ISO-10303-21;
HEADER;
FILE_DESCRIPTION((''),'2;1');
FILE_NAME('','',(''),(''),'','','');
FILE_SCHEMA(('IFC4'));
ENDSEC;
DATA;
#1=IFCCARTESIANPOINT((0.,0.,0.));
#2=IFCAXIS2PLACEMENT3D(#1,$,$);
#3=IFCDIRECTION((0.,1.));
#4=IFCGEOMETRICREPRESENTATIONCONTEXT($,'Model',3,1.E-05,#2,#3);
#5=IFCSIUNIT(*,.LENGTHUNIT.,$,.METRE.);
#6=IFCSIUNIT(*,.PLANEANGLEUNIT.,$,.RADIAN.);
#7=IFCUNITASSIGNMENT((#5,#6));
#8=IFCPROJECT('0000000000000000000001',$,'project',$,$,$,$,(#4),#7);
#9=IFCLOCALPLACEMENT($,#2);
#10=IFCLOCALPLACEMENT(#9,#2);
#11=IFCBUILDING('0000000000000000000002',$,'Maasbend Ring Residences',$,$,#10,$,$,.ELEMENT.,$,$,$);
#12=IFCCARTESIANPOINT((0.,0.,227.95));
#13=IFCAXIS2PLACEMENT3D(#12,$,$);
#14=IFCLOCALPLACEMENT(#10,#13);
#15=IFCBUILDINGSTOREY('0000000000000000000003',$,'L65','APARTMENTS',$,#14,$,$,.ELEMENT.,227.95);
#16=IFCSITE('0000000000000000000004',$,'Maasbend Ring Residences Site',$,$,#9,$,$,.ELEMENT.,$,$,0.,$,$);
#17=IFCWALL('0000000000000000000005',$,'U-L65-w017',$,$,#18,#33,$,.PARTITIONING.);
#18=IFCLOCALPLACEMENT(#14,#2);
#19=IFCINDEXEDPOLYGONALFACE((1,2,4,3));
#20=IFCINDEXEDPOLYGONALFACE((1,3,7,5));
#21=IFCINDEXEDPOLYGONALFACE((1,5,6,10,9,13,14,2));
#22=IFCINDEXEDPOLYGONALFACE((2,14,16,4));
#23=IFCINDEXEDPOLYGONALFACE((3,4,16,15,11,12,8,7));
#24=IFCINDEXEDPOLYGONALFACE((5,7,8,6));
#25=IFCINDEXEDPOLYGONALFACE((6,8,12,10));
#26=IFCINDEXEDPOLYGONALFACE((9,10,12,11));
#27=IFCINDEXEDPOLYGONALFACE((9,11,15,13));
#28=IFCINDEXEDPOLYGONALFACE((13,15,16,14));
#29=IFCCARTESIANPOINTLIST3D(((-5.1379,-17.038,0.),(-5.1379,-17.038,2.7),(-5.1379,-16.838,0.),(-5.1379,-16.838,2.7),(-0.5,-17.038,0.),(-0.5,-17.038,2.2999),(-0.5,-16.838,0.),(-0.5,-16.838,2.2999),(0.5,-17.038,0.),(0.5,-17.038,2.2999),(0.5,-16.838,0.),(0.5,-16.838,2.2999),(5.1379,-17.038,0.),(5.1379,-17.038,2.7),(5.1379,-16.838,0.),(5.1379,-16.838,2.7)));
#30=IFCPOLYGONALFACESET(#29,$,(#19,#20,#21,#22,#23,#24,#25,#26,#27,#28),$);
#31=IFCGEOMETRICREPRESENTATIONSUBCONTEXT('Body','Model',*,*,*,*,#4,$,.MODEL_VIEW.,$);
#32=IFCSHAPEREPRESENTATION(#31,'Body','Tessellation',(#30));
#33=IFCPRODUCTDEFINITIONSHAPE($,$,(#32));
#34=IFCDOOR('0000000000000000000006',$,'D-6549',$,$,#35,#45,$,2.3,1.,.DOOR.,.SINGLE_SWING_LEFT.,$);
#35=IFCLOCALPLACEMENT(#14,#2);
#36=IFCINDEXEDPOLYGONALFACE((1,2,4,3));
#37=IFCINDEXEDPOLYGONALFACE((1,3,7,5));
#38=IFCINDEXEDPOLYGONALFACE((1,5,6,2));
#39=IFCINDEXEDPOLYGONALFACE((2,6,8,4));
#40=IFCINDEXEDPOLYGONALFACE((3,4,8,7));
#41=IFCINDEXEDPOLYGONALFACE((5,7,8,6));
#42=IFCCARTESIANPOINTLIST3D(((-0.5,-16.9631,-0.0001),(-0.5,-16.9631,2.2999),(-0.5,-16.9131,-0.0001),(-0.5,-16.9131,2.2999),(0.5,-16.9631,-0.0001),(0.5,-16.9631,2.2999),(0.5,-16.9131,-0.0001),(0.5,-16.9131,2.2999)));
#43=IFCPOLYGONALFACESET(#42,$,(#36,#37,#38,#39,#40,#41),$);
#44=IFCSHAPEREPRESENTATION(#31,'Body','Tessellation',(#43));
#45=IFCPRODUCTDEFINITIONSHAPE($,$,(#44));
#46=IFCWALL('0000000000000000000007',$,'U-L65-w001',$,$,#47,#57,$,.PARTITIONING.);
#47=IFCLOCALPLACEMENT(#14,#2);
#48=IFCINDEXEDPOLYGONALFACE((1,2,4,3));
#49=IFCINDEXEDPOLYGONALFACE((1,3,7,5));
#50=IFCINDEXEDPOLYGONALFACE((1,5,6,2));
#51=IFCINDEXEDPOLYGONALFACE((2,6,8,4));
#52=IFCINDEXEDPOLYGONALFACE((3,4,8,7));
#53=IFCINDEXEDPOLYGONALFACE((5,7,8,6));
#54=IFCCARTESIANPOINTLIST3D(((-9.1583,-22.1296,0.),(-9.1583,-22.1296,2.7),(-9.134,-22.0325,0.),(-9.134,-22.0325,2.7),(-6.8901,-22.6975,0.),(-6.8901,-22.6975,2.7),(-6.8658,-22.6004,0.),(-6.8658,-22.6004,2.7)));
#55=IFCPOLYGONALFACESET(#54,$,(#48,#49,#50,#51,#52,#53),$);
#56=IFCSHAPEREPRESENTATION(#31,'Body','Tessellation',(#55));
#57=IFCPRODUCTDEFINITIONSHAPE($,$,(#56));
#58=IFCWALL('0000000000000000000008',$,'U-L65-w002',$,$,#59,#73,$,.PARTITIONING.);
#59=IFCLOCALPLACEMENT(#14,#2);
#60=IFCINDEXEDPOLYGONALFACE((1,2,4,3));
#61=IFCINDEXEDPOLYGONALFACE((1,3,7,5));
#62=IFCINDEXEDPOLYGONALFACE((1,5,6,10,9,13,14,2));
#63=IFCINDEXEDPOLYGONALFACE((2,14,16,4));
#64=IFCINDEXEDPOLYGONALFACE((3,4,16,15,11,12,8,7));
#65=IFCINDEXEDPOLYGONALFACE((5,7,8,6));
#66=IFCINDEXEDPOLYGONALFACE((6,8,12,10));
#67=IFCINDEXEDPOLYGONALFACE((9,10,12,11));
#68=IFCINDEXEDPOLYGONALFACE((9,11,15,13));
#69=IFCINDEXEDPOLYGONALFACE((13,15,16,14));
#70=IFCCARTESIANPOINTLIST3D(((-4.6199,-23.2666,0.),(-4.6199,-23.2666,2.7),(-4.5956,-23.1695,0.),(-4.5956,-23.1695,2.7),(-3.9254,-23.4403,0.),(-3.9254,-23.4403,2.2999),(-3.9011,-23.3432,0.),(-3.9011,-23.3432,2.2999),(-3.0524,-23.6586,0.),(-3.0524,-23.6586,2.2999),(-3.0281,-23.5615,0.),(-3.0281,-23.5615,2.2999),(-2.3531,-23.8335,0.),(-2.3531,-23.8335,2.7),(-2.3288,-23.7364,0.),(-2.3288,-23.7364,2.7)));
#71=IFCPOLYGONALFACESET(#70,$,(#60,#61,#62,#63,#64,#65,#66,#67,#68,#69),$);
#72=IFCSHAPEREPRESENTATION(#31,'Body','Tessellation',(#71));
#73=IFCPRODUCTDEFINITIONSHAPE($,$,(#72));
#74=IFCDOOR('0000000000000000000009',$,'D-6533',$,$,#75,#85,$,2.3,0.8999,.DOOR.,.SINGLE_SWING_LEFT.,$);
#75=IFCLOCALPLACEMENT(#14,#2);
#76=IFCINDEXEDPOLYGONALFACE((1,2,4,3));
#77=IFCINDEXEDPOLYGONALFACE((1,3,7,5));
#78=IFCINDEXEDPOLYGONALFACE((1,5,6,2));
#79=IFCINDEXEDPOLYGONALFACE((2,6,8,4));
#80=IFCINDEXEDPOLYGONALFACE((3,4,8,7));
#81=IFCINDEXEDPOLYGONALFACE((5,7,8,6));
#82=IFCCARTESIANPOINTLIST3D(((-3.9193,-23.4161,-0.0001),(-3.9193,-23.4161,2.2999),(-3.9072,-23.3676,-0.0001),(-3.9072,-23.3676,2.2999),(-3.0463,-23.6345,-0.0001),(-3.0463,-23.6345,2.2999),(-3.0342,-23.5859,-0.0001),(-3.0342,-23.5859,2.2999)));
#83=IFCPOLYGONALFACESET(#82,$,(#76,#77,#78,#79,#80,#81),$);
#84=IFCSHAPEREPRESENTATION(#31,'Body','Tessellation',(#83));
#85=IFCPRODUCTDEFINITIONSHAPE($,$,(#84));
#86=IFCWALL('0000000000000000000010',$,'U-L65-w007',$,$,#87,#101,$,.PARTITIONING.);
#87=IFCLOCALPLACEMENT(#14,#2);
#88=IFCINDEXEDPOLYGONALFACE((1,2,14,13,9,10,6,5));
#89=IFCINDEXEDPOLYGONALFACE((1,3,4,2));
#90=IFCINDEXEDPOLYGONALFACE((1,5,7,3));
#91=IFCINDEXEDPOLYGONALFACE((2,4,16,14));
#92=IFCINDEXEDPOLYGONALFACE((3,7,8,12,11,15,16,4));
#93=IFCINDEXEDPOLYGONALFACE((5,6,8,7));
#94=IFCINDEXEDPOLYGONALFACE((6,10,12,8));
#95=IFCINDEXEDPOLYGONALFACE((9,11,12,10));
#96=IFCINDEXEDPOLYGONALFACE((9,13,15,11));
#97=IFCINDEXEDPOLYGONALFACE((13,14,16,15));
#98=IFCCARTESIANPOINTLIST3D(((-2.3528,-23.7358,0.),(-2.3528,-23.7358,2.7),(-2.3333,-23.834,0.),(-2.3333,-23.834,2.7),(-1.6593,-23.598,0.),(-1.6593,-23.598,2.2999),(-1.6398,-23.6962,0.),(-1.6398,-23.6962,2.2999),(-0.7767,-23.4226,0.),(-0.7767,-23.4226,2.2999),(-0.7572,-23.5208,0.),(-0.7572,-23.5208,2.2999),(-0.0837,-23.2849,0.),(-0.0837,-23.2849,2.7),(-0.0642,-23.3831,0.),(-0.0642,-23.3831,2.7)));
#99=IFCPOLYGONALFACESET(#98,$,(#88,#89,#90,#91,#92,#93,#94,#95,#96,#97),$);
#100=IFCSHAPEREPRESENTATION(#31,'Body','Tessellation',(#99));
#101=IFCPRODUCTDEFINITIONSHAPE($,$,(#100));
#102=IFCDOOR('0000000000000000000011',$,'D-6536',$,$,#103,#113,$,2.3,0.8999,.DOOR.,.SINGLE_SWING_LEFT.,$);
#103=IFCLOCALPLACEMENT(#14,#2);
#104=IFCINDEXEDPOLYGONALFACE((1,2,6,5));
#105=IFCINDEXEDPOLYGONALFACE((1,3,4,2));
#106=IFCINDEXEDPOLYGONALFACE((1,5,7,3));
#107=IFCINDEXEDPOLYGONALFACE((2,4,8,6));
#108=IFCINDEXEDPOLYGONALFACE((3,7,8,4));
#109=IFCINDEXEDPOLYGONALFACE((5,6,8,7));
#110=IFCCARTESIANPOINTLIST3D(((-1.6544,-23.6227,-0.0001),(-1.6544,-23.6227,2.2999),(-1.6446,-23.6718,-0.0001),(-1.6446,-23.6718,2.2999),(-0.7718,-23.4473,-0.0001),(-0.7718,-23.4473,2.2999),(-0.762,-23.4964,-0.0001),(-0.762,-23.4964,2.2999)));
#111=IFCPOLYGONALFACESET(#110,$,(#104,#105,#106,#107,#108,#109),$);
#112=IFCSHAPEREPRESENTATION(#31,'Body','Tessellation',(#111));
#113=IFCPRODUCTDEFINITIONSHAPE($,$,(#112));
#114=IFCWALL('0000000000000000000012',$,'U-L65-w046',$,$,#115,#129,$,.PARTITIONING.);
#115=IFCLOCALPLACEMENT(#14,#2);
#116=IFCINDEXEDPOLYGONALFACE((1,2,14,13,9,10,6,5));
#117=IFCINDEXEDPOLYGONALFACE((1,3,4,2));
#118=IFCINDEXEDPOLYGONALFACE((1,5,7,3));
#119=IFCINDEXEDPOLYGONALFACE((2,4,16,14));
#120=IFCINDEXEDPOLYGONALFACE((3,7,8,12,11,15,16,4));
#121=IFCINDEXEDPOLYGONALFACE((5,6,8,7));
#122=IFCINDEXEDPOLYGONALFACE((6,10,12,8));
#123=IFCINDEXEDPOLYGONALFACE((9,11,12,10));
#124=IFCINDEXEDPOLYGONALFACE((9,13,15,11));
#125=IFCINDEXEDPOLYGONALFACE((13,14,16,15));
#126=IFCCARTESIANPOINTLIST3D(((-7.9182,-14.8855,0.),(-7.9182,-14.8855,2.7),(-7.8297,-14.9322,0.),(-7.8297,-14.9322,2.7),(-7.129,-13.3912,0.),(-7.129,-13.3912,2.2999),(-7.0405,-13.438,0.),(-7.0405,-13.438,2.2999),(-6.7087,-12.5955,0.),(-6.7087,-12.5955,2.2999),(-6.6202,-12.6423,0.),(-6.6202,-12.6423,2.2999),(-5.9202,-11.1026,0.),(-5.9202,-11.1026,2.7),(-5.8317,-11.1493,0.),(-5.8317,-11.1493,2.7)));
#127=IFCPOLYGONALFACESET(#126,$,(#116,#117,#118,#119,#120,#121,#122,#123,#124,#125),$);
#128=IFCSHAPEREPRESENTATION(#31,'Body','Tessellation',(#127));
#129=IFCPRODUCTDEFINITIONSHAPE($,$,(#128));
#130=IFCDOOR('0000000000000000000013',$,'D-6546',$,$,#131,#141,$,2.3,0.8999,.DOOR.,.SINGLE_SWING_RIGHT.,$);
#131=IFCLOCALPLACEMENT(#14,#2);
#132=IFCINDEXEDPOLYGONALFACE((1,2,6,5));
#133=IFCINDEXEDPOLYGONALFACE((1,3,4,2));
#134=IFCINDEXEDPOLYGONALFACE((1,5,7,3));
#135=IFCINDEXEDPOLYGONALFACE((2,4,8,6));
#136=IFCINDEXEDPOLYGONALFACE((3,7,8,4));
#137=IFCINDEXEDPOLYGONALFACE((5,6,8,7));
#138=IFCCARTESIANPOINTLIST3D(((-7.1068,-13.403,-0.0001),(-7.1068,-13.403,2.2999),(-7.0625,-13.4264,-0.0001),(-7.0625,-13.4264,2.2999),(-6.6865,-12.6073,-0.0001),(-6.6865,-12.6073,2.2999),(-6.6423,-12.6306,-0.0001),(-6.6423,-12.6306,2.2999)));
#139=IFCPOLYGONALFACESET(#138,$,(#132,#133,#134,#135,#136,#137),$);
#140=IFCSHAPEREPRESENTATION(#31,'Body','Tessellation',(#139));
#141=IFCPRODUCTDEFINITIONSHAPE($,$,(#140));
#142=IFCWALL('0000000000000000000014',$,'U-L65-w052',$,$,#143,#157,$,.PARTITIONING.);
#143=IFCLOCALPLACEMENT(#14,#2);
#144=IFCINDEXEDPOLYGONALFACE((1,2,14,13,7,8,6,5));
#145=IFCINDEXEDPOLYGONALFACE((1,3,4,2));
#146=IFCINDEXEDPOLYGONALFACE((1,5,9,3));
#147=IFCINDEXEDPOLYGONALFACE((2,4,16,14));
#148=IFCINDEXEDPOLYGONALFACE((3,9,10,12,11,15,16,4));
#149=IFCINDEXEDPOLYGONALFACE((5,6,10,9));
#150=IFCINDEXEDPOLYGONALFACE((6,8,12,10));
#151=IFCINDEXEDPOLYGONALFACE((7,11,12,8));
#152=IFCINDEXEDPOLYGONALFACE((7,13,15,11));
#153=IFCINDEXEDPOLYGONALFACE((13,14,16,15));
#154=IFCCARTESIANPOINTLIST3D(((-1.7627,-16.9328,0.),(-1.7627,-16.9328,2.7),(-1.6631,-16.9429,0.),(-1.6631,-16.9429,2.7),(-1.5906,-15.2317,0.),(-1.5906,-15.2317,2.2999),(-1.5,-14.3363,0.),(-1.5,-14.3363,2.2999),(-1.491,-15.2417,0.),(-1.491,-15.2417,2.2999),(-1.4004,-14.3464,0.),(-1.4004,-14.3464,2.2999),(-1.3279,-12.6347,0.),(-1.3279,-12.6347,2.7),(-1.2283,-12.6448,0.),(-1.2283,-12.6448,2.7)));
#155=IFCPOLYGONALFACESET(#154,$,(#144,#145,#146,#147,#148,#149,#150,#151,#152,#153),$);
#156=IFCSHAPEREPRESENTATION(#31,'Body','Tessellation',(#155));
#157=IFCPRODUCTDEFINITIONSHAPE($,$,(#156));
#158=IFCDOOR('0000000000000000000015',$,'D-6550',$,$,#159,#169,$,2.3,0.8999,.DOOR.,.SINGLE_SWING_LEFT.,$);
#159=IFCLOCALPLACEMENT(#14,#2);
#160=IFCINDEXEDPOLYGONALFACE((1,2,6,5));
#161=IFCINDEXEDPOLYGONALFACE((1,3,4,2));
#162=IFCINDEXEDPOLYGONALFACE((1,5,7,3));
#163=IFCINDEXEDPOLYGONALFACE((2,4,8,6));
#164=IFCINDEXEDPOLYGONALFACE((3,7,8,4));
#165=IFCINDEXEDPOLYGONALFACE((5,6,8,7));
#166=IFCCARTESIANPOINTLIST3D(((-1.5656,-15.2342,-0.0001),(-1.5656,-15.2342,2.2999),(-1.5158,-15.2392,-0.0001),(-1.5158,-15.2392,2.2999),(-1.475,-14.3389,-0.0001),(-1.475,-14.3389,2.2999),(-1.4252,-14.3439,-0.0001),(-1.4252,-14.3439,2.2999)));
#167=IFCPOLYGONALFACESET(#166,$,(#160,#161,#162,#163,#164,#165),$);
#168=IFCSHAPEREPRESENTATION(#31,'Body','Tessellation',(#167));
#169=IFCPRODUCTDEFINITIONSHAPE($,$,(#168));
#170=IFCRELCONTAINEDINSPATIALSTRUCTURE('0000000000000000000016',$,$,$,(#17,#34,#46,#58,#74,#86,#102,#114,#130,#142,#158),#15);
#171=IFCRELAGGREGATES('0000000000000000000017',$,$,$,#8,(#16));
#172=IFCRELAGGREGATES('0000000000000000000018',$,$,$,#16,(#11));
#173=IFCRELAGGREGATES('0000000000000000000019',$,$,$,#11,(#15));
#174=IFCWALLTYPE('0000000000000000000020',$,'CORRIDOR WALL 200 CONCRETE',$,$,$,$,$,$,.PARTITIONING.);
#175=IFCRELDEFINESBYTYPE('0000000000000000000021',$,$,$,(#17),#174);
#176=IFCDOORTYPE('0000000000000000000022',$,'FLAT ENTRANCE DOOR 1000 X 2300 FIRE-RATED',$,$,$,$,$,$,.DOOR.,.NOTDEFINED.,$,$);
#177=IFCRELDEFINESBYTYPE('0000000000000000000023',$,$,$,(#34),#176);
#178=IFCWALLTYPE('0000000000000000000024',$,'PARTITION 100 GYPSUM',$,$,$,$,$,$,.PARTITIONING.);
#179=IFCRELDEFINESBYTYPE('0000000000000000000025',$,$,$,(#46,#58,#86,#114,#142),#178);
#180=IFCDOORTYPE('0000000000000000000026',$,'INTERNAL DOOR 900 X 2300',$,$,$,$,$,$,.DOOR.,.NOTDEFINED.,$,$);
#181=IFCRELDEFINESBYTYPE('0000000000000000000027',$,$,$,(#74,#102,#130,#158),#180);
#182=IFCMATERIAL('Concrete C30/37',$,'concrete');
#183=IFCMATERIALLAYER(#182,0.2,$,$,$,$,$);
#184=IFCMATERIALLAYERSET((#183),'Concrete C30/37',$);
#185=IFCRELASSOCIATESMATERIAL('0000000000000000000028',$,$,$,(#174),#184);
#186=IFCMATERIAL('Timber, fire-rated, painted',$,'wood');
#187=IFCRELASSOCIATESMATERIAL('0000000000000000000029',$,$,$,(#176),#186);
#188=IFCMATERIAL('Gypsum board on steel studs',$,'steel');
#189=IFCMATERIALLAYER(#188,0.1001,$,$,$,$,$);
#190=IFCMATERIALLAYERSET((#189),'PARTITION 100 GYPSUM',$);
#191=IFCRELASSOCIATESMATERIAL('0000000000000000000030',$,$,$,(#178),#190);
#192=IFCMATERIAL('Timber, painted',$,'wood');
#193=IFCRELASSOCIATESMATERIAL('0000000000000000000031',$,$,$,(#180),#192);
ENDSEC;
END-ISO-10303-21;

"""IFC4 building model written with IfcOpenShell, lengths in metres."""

from ifc_helpers import new_model, si_unit, direction, frame, frame_2d, origin, place, context, subcontext, project, spatial, rectangle, extrude, material, layer, layer_set, type_object, element, fill, save


model = new_model("IFC4")

# Units and contexts
model_context = context("Model", 3, precision=1e-05, world=origin(), true_north=direction((0.0, 1.0)))
body_context = subcontext(model_context, "Body", "Model", "MODEL_VIEW")
ifc_project = project(units=[si_unit("LENGTHUNIT", "METRE"), si_unit("PLANEANGLEUNIT", "RADIAN")], contexts=[model_context])

# Site, building, storey
site_placement = place(None, origin())
site = spatial("IfcSite", under=ifc_project, at=site_placement, Name="Maasbend Ring Residences Site", CompositionType="ELEMENT", RefElevation=0.0)
building_placement = place(site_placement, origin())
building = spatial("IfcBuilding", under=site, at=building_placement, Name="Maasbend Ring Residences", CompositionType="ELEMENT")
storey_placement = place(building_placement, frame((0.0, 0.0, 227.95)))
storey = spatial("IfcBuildingStorey", under=building, at=storey_placement, Name="L65", Description="APARTMENTS", CompositionType="ELEMENT", Elevation=227.95)

# Wall, opening, door
ifc_material_1 = material(Name="Concrete C30/37", Category="concrete")
ifc_layer_1 = layer(ifc_material_1, 0.2)
ifc_layer_set_1 = layer_set([ifc_layer_1], Name="Concrete C30/37")
wall_type_1 = type_object("IfcWallType", Name="CORRIDOR WALL 200 CONCRETE", PredefinedType="PARTITIONING", material=ifc_layer_set_1)
ifc_material_2 = material(Name="Timber, fire-rated, painted", Category="wood")
door_type_1 = type_object("IfcDoorType", Name="FLAT ENTRANCE DOOR 1000 X 2300 FIRE-RATED", OperationType="NOTDEFINED", PredefinedType="DOOR", material=ifc_material_2)
wall_1_placement = place(storey_placement, frame((-5.1379, -16.938, 0.0), z_axis=(0.0, 0.0, 1.0), x_axis=(1.0, 0.0, 0.0)))
wall_1 = element("IfcWall", 1, at=wall_1_placement, inside=storey, type_object=wall_type_1, Name="U-L65-w017", PredefinedType="PARTITIONING", context=body_context, shape_type="SweptSolid", body=[
    extrude(rectangle(XDim=10.2759, YDim=0.2, at=frame_2d((5.1379, 0.0))), origin(), (0.0, 0.0, 1.0), 2.7),
])
opening_1_placement = place(wall_1_placement, frame((4.6379, 0.0, 0.0)))
opening_1 = element("IfcOpeningElement", 2, at=opening_1_placement, cuts=wall_1, PredefinedType="OPENING", context=body_context, shape_type="SweptSolid", body=[
    extrude(rectangle(XDim=1.0, YDim=2.3, at=frame_2d((0.5, 1.1499))), frame((0.0, 0.1099, 0.0), z_axis=(0.0, -1.0, 0.0), x_axis=(1.0, 0.0, 0.0)), (0.0, 0.0, 1.0), 0.22),
])
door_1_placement = place(opening_1_placement, origin())
door_1 = element("IfcDoor", 3, at=door_1_placement, inside=storey, type_object=door_type_1, Name="D-6549", OperationType="SINGLE_SWING_LEFT", OverallHeight=2.3, OverallWidth=1.0, PredefinedType="DOOR", context=body_context, shape_type="SweptSolid", body=[
    extrude(rectangle(XDim=1.0, YDim=2.3, at=frame_2d((0.5, 1.1499))), frame((0.0, 0.0249, 0.0), z_axis=(0.0, -1.0, 0.0), x_axis=(1.0, 0.0, 0.0)), (0.0, 0.0, 1.0), 0.05),
])
fill(opening_1, door_1)

# Wall
ifc_material_3 = material(Name="Gypsum board on steel studs", Category="steel")
ifc_layer_2 = layer(ifc_material_3, 0.1001)
ifc_layer_set_2 = layer_set([ifc_layer_2], Name="PARTITION 100 GYPSUM")
wall_type_2 = type_object("IfcWallType", Name="PARTITION 100 GYPSUM", PredefinedType="PARTITIONING", material=ifc_layer_set_2)
wall_2_placement = place(storey_placement, frame((-9.146, -22.0811, 0.0), z_axis=(0.0, 0.0, 1.0), x_axis=(0.970056, -0.24288, 0.0)))
element("IfcWall", 4, at=wall_2_placement, inside=storey, type_object=wall_type_2, Name="U-L65-w001", PredefinedType="PARTITIONING", context=body_context, shape_type="SweptSolid", body=[
    extrude(rectangle(XDim=2.3381, YDim=0.1001, at=frame_2d((1.1689, 0.0))), origin(), (0.0, 0.0, 1.0), 2.7),
])

# Walls, openings, doors
wall_3_placement = place(storey_placement, frame((-4.6079, -23.218, 0.0), z_axis=(0.0, 0.0, 1.0), x_axis=(0.970124, -0.242609, 0.0)))
wall_3 = element("IfcWall", 5, at=wall_3_placement, inside=storey, type_object=wall_type_2, Name="U-L65-w002", PredefinedType="PARTITIONING", context=body_context, shape_type="SweptSolid", body=[
    extrude(rectangle(XDim=2.3367, YDim=0.1001, at=frame_2d((1.1685, 0.0))), origin(), (0.0, 0.0, 1.0), 2.7),
])
opening_2_placement = place(wall_3_placement, frame((0.7161, 0.0, 0.0)))
opening_2 = element("IfcOpeningElement", 6, at=opening_2_placement, cuts=wall_3, PredefinedType="OPENING", context=body_context, shape_type="SweptSolid", body=[
    extrude(rectangle(XDim=0.8999, YDim=2.3, at=frame_2d((0.45, 1.1499))), frame((0.0, 0.0601, 0.0), z_axis=(0.0, -1.0, 0.0), x_axis=(1.0, 0.0, 0.0)), (0.0, 0.0, 1.0), 0.1201),
])
ifc_material_4 = material(Name="Timber, painted", Category="wood")
door_type_2 = type_object("IfcDoorType", Name="INTERNAL DOOR 900 X 2300", OperationType="NOTDEFINED", PredefinedType="DOOR", material=ifc_material_4)
door_2_placement = place(opening_2_placement, origin())
door_2 = element("IfcDoor", 7, at=door_2_placement, inside=storey, type_object=door_type_2, Name="D-6533", OperationType="SINGLE_SWING_LEFT", OverallHeight=2.3, OverallWidth=0.8999, PredefinedType="DOOR", context=body_context, shape_type="SweptSolid", body=[
    extrude(rectangle(XDim=0.8999, YDim=2.3, at=frame_2d((0.45, 1.1499))), frame((0.0, 0.0249, 0.0), z_axis=(0.0, -1.0, 0.0), x_axis=(1.0, 0.0, 0.0)), (0.0, 0.0, 1.0), 0.05),
])
fill(opening_2, door_2)
wall_4_placement = place(storey_placement, frame((-2.343, -23.7849, 0.0), z_axis=(0.0, 0.0, 1.0), x_axis=(0.980819, 0.194919, 0.0)))
wall_4 = element("IfcWall", 8, at=wall_4_placement, inside=storey, type_object=wall_type_2, Name="U-L65-w007", PredefinedType="PARTITIONING", context=body_context, shape_type="SweptSolid", body=[
    extrude(rectangle(XDim=2.3135, YDim=0.1001, at=frame_2d((1.1567, 0.0))), origin(), (0.0, 0.0, 1.0), 2.7),
])
opening_3_placement = place(wall_4_placement, frame((0.707, 0.0, 0.0)))
opening_3 = element("IfcOpeningElement", 9, at=opening_3_placement, cuts=wall_4, PredefinedType="OPENING", context=body_context, shape_type="SweptSolid", body=[
    extrude(rectangle(XDim=0.8999, YDim=2.3, at=frame_2d((0.45, 1.1499))), frame((0.0, 0.0601, 0.0), z_axis=(0.0, -1.0, 0.0), x_axis=(1.0, 0.0, 0.0)), (0.0, 0.0, 1.0), 0.1201),
])
door_3_placement = place(opening_3_placement, origin())
door_3 = element("IfcDoor", 10, at=door_3_placement, inside=storey, type_object=door_type_2, Name="D-6536", OperationType="SINGLE_SWING_LEFT", OverallHeight=2.3, OverallWidth=0.8999, PredefinedType="DOOR", context=body_context, shape_type="SweptSolid", body=[
    extrude(rectangle(XDim=0.8999, YDim=2.3, at=frame_2d((0.45, 1.1499))), frame((0.0, 0.0249, 0.0), z_axis=(0.0, -1.0, 0.0), x_axis=(1.0, 0.0, 0.0)), (0.0, 0.0, 1.0), 0.05),
])
fill(opening_3, door_3)
wall_5_placement = place(storey_placement, frame((-7.874, -14.9089, 0.0), z_axis=(0.0, 0.0, 1.0), x_axis=(0.46703, 0.884241, 0.0)))
wall_5 = element("IfcWall", 11, at=wall_5_placement, inside=storey, type_object=wall_type_2, Name="U-L65-w046", PredefinedType="PARTITIONING", context=body_context, shape_type="SweptSolid", body=[
    extrude(rectangle(XDim=4.2781, YDim=0.1001, at=frame_2d((2.1392, 0.0))), origin(), (0.0, 0.0, 1.0), 2.7),
])
opening_4_placement = place(wall_5_placement, frame((1.6899, 0.0, 0.0)))
opening_4 = element("IfcOpeningElement", 12, at=opening_4_placement, cuts=wall_5, PredefinedType="OPENING", context=body_context, shape_type="SweptSolid", body=[
    extrude(rectangle(XDim=0.8999, YDim=2.3, at=frame_2d((0.45, 1.1499))), frame((0.0, 0.0601, 0.0), z_axis=(0.0, -1.0, 0.0), x_axis=(1.0, 0.0, 0.0)), (0.0, 0.0, 1.0), 0.1201),
])
door_4_placement = place(opening_4_placement, origin())
door_4 = element("IfcDoor", 13, at=door_4_placement, inside=storey, type_object=door_type_2, Name="D-6546", OperationType="SINGLE_SWING_RIGHT", OverallHeight=2.3, OverallWidth=0.8999, PredefinedType="DOOR", context=body_context, shape_type="SweptSolid", body=[
    extrude(rectangle(XDim=0.8999, YDim=2.3, at=frame_2d((0.45, 1.1499))), frame((0.0, 0.0249, 0.0), z_axis=(0.0, -1.0, 0.0), x_axis=(1.0, 0.0, 0.0)), (0.0, 0.0, 1.0), 0.05),
])
fill(opening_4, door_4)
wall_6_placement = place(storey_placement, frame((-1.7129, -16.938, 0.0), z_axis=(0.0, 0.0, 1.0), x_axis=(0.100651, 0.994922, 0.0)))
wall_6 = element("IfcWall", 14, at=wall_6_placement, inside=storey, type_object=wall_type_2, Name="U-L65-w052", PredefinedType="PARTITIONING", context=body_context, shape_type="SweptSolid", body=[
    extrude(rectangle(XDim=4.3201, YDim=0.1001, at=frame_2d((2.1602, 0.0))), origin(), (0.0, 0.0, 1.0), 2.7),
])
opening_5_placement = place(wall_6_placement, frame((1.71, 0.0, 0.0)))
opening_5 = element("IfcOpeningElement", 15, at=opening_5_placement, cuts=wall_6, PredefinedType="OPENING", context=body_context, shape_type="SweptSolid", body=[
    extrude(rectangle(XDim=0.8999, YDim=2.3, at=frame_2d((0.45, 1.1499))), frame((0.0, 0.0601, 0.0), z_axis=(0.0, -1.0, 0.0), x_axis=(1.0, 0.0, 0.0)), (0.0, 0.0, 1.0), 0.1201),
])
door_5_placement = place(opening_5_placement, origin())
door_5 = element("IfcDoor", 16, at=door_5_placement, inside=storey, type_object=door_type_2, Name="D-6550", OperationType="SINGLE_SWING_LEFT", OverallHeight=2.3, OverallWidth=0.8999, PredefinedType="DOOR", context=body_context, shape_type="SweptSolid", body=[
    extrude(rectangle(XDim=0.8999, YDim=2.3, at=frame_2d((0.45, 1.1499))), frame((0.0, 0.0249, 0.0), z_axis=(0.0, -1.0, 0.0), x_axis=(1.0, 0.0, 0.0)), (0.0, 0.0, 1.0), 0.05),
])
fill(opening_5, door_5)

save(model, "model.ifc")
